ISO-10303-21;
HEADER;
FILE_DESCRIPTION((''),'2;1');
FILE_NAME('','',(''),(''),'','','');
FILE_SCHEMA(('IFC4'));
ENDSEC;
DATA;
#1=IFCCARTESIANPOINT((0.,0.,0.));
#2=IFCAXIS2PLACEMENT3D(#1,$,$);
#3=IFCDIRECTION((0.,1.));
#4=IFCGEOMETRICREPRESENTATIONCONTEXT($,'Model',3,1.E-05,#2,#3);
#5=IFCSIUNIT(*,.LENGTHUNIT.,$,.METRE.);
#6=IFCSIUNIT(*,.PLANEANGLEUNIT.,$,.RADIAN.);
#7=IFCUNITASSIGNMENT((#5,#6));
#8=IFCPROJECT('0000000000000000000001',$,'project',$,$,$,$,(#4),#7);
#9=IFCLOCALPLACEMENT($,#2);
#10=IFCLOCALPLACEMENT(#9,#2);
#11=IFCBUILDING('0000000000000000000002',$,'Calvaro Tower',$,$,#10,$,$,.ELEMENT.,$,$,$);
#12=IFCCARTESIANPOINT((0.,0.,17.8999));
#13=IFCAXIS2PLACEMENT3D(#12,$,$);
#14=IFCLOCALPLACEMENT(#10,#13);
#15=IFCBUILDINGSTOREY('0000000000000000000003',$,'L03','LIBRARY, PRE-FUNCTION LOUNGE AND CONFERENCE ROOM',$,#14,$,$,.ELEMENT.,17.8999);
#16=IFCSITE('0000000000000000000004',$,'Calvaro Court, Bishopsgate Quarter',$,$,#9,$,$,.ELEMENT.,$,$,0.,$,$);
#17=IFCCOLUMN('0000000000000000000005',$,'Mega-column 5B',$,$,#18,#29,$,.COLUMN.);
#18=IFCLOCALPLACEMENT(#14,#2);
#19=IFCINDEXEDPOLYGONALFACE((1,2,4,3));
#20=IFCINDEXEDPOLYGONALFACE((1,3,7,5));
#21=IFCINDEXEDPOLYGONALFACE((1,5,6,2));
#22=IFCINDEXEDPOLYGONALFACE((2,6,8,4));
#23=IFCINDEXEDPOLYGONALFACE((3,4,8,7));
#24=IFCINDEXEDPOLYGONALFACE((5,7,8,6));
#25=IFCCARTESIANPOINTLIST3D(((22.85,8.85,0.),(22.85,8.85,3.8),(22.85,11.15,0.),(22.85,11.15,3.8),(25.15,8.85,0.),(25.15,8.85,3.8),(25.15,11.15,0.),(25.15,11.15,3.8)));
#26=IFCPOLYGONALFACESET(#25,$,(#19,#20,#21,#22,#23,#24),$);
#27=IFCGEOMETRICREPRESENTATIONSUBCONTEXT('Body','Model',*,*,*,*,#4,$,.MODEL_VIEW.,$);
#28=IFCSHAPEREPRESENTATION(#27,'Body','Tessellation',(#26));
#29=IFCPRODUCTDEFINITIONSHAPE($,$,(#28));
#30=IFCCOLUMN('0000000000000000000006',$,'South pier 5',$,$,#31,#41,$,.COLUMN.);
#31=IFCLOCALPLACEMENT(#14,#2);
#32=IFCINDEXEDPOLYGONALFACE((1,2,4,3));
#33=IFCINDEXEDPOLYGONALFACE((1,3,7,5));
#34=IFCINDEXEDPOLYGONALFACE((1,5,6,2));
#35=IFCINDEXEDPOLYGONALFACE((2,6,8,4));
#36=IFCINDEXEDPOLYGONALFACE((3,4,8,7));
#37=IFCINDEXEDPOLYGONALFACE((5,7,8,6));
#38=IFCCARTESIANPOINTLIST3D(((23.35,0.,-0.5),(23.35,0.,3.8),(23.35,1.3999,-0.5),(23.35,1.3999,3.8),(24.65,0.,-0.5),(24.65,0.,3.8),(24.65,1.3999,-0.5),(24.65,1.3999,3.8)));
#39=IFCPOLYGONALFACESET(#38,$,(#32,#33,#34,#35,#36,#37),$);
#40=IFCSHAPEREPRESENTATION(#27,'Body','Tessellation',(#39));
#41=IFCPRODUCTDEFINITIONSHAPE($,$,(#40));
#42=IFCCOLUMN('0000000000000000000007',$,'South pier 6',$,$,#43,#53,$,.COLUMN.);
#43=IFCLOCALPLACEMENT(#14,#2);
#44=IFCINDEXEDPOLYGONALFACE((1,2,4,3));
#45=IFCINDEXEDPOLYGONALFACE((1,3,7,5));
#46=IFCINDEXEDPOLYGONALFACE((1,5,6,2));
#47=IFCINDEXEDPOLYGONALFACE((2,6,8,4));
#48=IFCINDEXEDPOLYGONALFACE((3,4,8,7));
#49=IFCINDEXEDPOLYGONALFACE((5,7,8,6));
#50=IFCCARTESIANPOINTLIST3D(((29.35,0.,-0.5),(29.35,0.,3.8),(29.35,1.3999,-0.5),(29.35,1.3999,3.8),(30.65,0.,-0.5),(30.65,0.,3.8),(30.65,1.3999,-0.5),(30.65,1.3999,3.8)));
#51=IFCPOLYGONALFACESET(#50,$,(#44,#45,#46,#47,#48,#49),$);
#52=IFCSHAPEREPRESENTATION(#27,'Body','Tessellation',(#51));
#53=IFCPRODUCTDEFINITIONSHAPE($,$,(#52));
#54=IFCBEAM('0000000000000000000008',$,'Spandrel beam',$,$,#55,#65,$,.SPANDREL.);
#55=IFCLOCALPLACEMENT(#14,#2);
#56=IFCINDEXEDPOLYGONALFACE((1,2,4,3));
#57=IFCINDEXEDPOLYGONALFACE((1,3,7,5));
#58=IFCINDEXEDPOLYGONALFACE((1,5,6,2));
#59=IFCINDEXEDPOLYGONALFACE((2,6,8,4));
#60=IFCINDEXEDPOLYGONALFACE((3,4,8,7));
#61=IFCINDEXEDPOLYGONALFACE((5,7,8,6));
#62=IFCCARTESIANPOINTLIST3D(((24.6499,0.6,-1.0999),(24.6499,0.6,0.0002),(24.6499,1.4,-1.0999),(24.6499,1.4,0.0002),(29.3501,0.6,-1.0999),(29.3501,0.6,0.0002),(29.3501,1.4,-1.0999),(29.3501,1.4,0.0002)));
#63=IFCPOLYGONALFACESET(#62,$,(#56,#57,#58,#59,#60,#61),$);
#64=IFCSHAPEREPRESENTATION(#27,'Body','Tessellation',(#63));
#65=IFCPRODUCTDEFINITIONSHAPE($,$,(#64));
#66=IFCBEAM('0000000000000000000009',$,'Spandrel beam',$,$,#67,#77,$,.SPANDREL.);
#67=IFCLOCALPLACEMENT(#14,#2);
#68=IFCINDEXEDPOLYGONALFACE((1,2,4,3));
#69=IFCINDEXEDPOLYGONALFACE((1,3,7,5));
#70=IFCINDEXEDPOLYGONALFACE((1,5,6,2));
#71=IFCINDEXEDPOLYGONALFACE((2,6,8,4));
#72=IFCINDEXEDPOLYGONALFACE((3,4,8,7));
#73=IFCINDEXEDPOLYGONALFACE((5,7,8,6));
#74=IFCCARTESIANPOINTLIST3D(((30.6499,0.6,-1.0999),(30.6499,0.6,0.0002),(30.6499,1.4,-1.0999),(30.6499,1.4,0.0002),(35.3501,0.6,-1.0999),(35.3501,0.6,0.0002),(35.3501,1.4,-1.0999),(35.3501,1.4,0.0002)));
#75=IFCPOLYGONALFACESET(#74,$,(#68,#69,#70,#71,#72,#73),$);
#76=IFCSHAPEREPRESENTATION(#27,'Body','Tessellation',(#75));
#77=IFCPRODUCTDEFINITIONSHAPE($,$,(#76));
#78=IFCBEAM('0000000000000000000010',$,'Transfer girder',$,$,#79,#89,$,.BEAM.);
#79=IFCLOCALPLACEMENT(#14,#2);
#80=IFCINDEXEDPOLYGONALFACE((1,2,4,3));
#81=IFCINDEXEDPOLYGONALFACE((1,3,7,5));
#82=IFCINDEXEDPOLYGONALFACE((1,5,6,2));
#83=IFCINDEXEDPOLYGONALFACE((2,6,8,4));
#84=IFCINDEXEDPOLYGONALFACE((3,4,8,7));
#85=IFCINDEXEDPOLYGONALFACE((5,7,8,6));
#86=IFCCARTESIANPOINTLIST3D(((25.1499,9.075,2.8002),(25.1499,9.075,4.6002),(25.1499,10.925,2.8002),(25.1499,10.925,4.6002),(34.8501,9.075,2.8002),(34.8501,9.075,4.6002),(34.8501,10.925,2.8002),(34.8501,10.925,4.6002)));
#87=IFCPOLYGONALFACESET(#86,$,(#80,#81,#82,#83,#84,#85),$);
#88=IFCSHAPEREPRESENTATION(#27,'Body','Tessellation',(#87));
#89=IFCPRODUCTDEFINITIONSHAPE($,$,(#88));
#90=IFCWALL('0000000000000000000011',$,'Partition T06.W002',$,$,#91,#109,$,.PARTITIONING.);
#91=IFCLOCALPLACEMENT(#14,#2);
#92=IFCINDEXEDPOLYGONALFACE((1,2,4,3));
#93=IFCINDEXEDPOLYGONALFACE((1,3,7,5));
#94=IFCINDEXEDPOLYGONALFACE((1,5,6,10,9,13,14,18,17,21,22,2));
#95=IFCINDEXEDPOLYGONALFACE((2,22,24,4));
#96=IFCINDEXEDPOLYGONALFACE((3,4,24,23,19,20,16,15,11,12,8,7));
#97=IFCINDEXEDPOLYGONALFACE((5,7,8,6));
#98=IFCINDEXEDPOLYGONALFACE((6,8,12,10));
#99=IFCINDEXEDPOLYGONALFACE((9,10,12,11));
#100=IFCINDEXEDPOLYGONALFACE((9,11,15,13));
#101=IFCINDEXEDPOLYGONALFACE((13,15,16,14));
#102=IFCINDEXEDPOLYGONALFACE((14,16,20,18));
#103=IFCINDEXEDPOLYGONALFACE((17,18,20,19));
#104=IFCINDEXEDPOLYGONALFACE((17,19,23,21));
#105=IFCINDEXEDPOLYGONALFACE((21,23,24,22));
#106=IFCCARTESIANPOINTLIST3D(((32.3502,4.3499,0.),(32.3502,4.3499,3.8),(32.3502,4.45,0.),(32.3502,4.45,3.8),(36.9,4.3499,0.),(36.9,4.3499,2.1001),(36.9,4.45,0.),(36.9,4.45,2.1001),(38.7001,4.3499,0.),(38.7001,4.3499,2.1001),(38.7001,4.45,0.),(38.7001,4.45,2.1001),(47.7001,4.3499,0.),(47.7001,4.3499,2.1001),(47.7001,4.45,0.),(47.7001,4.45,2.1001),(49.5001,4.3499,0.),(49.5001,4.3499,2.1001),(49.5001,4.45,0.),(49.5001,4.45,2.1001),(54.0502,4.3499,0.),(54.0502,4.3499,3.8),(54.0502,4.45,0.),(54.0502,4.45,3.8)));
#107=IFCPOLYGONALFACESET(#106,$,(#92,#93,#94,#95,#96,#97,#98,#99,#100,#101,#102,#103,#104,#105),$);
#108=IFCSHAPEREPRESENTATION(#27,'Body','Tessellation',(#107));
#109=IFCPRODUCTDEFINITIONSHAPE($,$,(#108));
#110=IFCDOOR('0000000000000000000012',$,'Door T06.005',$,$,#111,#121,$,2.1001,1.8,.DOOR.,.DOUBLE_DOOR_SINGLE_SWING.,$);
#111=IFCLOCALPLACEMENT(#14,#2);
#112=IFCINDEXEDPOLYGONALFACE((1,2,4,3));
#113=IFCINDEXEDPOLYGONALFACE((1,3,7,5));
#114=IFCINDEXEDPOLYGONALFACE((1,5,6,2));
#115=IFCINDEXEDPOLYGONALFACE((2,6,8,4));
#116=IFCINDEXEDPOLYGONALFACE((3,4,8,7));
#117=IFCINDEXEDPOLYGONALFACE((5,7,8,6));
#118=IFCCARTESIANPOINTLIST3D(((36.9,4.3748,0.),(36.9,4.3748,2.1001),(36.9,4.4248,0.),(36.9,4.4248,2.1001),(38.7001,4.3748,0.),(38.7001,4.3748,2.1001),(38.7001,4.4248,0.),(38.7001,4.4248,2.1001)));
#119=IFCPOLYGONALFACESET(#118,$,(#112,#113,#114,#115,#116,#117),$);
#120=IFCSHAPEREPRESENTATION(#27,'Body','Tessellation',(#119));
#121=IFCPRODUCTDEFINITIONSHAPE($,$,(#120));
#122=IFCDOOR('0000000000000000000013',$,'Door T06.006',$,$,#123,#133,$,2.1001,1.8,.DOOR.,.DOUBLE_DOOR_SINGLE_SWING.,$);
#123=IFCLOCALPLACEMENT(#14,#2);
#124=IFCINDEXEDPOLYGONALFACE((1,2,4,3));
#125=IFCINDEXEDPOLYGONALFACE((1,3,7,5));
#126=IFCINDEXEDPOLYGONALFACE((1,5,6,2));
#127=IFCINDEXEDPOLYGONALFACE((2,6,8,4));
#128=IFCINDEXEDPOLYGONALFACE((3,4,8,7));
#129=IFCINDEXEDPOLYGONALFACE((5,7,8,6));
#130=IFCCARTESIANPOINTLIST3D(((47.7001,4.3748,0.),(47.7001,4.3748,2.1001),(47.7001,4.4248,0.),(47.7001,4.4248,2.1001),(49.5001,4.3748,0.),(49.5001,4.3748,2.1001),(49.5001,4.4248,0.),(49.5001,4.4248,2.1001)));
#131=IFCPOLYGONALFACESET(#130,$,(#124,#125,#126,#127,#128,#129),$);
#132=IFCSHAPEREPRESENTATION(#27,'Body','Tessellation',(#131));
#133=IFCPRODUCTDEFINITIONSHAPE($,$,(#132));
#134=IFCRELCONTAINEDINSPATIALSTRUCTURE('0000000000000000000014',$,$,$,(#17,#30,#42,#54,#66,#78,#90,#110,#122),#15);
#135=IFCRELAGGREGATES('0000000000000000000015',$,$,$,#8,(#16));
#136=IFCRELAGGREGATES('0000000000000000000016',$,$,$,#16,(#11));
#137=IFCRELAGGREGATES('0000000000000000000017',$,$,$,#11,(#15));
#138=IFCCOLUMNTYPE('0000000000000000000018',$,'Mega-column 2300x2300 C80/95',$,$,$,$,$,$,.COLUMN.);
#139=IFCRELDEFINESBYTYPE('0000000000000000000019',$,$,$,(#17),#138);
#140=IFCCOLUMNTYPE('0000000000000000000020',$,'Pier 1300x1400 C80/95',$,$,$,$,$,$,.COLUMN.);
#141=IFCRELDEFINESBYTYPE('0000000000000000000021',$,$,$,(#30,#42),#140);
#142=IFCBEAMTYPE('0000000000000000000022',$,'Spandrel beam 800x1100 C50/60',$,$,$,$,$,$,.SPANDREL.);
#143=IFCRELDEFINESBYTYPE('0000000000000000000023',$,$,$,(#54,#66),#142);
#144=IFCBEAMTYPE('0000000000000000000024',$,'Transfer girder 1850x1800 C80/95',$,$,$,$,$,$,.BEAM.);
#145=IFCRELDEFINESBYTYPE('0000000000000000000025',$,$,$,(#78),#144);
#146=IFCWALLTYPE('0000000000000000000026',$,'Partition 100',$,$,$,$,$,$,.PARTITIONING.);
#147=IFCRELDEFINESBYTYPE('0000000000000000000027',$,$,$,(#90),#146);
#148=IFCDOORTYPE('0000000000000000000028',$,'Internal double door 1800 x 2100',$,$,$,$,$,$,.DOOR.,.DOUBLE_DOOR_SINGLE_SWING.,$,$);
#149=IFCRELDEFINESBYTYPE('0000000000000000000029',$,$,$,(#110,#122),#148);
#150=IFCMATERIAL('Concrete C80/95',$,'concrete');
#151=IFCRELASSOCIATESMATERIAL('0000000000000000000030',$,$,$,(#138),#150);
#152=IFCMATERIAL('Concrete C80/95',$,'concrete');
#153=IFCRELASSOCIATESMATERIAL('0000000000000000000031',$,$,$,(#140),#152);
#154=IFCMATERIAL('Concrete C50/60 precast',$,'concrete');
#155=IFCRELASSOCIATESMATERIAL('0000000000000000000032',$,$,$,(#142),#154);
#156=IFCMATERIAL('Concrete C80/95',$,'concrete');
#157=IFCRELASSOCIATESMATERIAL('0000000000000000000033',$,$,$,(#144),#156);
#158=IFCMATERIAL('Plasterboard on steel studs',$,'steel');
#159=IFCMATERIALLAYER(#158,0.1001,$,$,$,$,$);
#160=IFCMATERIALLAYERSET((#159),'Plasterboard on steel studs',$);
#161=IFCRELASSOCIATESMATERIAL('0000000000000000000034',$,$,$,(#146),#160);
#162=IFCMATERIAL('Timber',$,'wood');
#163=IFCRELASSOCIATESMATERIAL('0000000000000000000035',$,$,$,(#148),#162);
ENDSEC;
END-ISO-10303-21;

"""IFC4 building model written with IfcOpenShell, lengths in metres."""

from ifc_helpers import new_model, si_unit, direction, frame, frame_2d, origin, origin_2d, place, context, subcontext, project, spatial, rectangle, extrude, material, layer, layer_set, material_profile, profile_set, type_object, element, fill, save


model = new_model("IFC4")

# Units and contexts
model_context = context("Model", 3, precision=1e-05, world=origin(), true_north=direction((0.0, 1.0)))
body_context = subcontext(model_context, "Body", "Model", "MODEL_VIEW")
ifc_project = project(units=[si_unit("LENGTHUNIT", "METRE"), si_unit("PLANEANGLEUNIT", "RADIAN")], contexts=[model_context])

# Site, building, storey
site_placement = place(None, origin())
site = spatial("IfcSite", under=ifc_project, at=site_placement, Name="Calvaro Court, Bishopsgate Quarter", CompositionType="ELEMENT", RefElevation=0.0)
building_placement = place(site_placement, origin())
building = spatial("IfcBuilding", under=site, at=building_placement, Name="Calvaro Tower", CompositionType="ELEMENT")
storey_placement = place(building_placement, frame((0.0, 0.0, 17.8999)))
storey = spatial("IfcBuildingStorey", under=building, at=storey_placement, Name="L03", Description="LIBRARY, PRE-FUNCTION LOUNGE AND CONFERENCE ROOM", CompositionType="ELEMENT", Elevation=17.8999)

# Columns
ifc_material_1 = material(Name="Concrete C80/95", Category="concrete")
ifc_material_profile_1 = material_profile(ifc_material_1, rectangle(XDim=2.3, YDim=2.3, at=origin_2d()), Name="RC 2300x2300")
ifc_profile_set_1 = profile_set([ifc_material_profile_1], Name="Concrete C80/95")
column_type_1 = type_object("IfcColumnType", Name="Mega-column 2300x2300 C80/95", PredefinedType="COLUMN", material=ifc_profile_set_1)
column_placement = place(storey_placement, frame((24.0, 10.0, 0.0), z_axis=(0.0, 0.0, 1.0), x_axis=(1.0, 0.0, 0.0)))
element("IfcColumn", 1, at=column_placement, inside=storey, type_object=column_type_1, Name="Mega-column 5B", PredefinedType="COLUMN", context=body_context, shape_type="SweptSolid", body=[
    extrude(rectangle(XDim=2.3, YDim=2.3, at=origin_2d()), origin(), (0.0, 0.0, 1.0), 3.8),
])
ifc_material_2 = material(Name="Concrete C80/95", Category="concrete")
ifc_material_profile_2 = material_profile(ifc_material_2, rectangle(XDim=1.3, YDim=1.3999, at=origin_2d()), Name="RC 1300x1400")
ifc_profile_set_2 = profile_set([ifc_material_profile_2], Name="Concrete C80/95")
column_type_2 = type_object("IfcColumnType", Name="Pier 1300x1400 C80/95", PredefinedType="COLUMN", material=ifc_profile_set_2)
for number, where, z_axis, x_axis, name in (
    (2, (24.0, 0.7, -0.5), (0.0, 0.0, 1.0), (1.0, 0.0, 0.0), "South pier 5"),
    (3, (30.0, 0.7, -0.5), (0.0, 0.0, 1.0), (1.0, 0.0, 0.0), "South pier 6"),
):
    element("IfcColumn", number, at=place(storey_placement, frame(where, z_axis=z_axis, x_axis=x_axis)), inside=storey, type_object=column_type_2, Name=name, PredefinedType="COLUMN", context=body_context, shape_type="SweptSolid", body=[
        extrude(rectangle(XDim=1.3, YDim=1.3999, at=origin_2d()), origin(), (0.0, 0.0, 1.0), 4.3),
    ])

# Beams
ifc_material_3 = material(Name="Concrete C50/60 precast", Category="concrete")
ifc_material_profile_3 = material_profile(ifc_material_3, rectangle(XDim=0.8, YDim=1.1001, at=origin_2d()), Name="RC 800x1100")
ifc_profile_set_3 = profile_set([ifc_material_profile_3], Name="Concrete C50/60 precast")
beam_type_1 = type_object("IfcBeamType", Name="Spandrel beam 800x1100 C50/60", PredefinedType="SPANDREL", material=ifc_profile_set_3)
for number, where, z_axis, x_axis, name in (
    (4, (24.6499, 1.0, -0.5498), (1.0, 0.0, 0.0), (0.0, 1.0, 0.0), "Spandrel beam"),
    (5, (30.6499, 1.0, -0.5498), (1.0, 0.0, 0.0), (0.0, 1.0, 0.0), "Spandrel beam"),
):
    element("IfcBeam", number, at=place(storey_placement, frame(where, z_axis=z_axis, x_axis=x_axis)), inside=storey, type_object=beam_type_1, Name=name, PredefinedType="SPANDREL", context=body_context, shape_type="SweptSolid", body=[
        extrude(rectangle(XDim=0.8, YDim=1.1001, at=origin_2d()), origin(), (0.0, 0.0, 1.0), 4.7002),
    ])
ifc_material_4 = material(Name="Concrete C80/95", Category="concrete")
ifc_material_profile_4 = material_profile(ifc_material_4, rectangle(XDim=1.8501, YDim=1.8, at=origin_2d()), Name="RC 1850x1800")
ifc_profile_set_4 = profile_set([ifc_material_profile_4], Name="Concrete C80/95")
beam_type_2 = type_object("IfcBeamType", Name="Transfer girder 1850x1800 C80/95", PredefinedType="BEAM", material=ifc_profile_set_4)
beam_placement = place(storey_placement, frame((25.1499, 10.0, 3.7002), z_axis=(1.0, 0.0, 0.0), x_axis=(0.0, 1.0, 0.0)))
element("IfcBeam", 6, at=beam_placement, inside=storey, type_object=beam_type_2, Name="Transfer girder", PredefinedType="BEAM", context=body_context, shape_type="SweptSolid", body=[
    extrude(rectangle(XDim=1.8501, YDim=1.8, at=origin_2d()), origin(), (0.0, 0.0, 1.0), 9.7002),
])

# Wall, openings, doors
ifc_material_5 = material(Name="Plasterboard on steel studs", Category="steel")
ifc_layer_1 = layer(ifc_material_5, 0.1001)
ifc_layer_set_1 = layer_set([ifc_layer_1], Name="Plasterboard on steel studs")
wall_type_1 = type_object("IfcWallType", Name="Partition 100", PredefinedType="PARTITIONING", material=ifc_layer_set_1)
wall_1_placement = place(storey_placement, frame((32.3501, 4.3999, 0.0), z_axis=(0.0, 0.0, 1.0), x_axis=(1.0, 0.0, 0.0)))
wall_1 = element("IfcWall", 7, at=wall_1_placement, inside=storey, type_object=wall_type_1, Name="Partition T06.W002", PredefinedType="PARTITIONING", context=body_context, shape_type="SweptSolid", body=[
    extrude(rectangle(XDim=21.7, YDim=0.1001, at=frame_2d((10.8501, 0.0))), origin(), (0.0, 0.0, 1.0), 3.8),
])
opening_1_placement = place(wall_1_placement, frame((4.55, 0.0, 0.0)))
opening_1 = element("IfcOpeningElement", 8, at=opening_1_placement, cuts=wall_1, PredefinedType="OPENING", context=body_context, shape_type="SweptSolid", body=[
    extrude(rectangle(XDim=1.8, YDim=2.1001, at=frame_2d((0.8999, 1.05))), frame((0.0, 0.0601, 0.0), z_axis=(0.0, -1.0, 0.0), x_axis=(1.0, 0.0, 0.0)), (0.0, 0.0, 1.0), 0.1201),
])
opening_2_placement = place(wall_1_placement, frame((15.3501, 0.0, 0.0)))
opening_2 = element("IfcOpeningElement", 9, at=opening_2_placement, cuts=wall_1, PredefinedType="OPENING", context=body_context, shape_type="SweptSolid", body=[
    extrude(rectangle(XDim=1.8, YDim=2.1001, at=frame_2d((0.8999, 1.05))), frame((0.0, 0.0601, 0.0), z_axis=(0.0, -1.0, 0.0), x_axis=(1.0, 0.0, 0.0)), (0.0, 0.0, 1.0), 0.1201),
])
ifc_material_6 = material(Name="Timber", Category="wood")
door_type_1 = type_object("IfcDoorType", Name="Internal double door 1800 x 2100", OperationType="DOUBLE_DOOR_SINGLE_SWING", PredefinedType="DOOR", material=ifc_material_6)
door_1_placement = place(opening_1_placement, origin())
door_1 = element("IfcDoor", 10, at=door_1_placement, inside=storey, type_object=door_type_1, Name="Door T06.005", OperationType="DOUBLE_DOOR_SINGLE_SWING", OverallHeight=2.1001, OverallWidth=1.8, PredefinedType="DOOR", context=body_context, shape_type="SweptSolid", body=[
    extrude(rectangle(XDim=1.8, YDim=2.1001, at=frame_2d((0.8999, 1.05))), frame((0.0, 0.0249, 0.0), z_axis=(0.0, -1.0, 0.0), x_axis=(1.0, 0.0, 0.0)), (0.0, 0.0, 1.0), 0.05),
])
fill(opening_1, door_1)
door_2_placement = place(opening_2_placement, origin())
door_2 = element("IfcDoor", 11, at=door_2_placement, inside=storey, type_object=door_type_1, Name="Door T06.006", OperationType="DOUBLE_DOOR_SINGLE_SWING", OverallHeight=2.1001, OverallWidth=1.8, PredefinedType="DOOR", context=body_context, shape_type="SweptSolid", body=[
    extrude(rectangle(XDim=1.8, YDim=2.1001, at=frame_2d((0.8999, 1.05))), frame((0.0, 0.0249, 0.0), z_axis=(0.0, -1.0, 0.0), x_axis=(1.0, 0.0, 0.0)), (0.0, 0.0, 1.0), 0.05),
])
fill(opening_2, door_2)

save(model, "model.ifc")
